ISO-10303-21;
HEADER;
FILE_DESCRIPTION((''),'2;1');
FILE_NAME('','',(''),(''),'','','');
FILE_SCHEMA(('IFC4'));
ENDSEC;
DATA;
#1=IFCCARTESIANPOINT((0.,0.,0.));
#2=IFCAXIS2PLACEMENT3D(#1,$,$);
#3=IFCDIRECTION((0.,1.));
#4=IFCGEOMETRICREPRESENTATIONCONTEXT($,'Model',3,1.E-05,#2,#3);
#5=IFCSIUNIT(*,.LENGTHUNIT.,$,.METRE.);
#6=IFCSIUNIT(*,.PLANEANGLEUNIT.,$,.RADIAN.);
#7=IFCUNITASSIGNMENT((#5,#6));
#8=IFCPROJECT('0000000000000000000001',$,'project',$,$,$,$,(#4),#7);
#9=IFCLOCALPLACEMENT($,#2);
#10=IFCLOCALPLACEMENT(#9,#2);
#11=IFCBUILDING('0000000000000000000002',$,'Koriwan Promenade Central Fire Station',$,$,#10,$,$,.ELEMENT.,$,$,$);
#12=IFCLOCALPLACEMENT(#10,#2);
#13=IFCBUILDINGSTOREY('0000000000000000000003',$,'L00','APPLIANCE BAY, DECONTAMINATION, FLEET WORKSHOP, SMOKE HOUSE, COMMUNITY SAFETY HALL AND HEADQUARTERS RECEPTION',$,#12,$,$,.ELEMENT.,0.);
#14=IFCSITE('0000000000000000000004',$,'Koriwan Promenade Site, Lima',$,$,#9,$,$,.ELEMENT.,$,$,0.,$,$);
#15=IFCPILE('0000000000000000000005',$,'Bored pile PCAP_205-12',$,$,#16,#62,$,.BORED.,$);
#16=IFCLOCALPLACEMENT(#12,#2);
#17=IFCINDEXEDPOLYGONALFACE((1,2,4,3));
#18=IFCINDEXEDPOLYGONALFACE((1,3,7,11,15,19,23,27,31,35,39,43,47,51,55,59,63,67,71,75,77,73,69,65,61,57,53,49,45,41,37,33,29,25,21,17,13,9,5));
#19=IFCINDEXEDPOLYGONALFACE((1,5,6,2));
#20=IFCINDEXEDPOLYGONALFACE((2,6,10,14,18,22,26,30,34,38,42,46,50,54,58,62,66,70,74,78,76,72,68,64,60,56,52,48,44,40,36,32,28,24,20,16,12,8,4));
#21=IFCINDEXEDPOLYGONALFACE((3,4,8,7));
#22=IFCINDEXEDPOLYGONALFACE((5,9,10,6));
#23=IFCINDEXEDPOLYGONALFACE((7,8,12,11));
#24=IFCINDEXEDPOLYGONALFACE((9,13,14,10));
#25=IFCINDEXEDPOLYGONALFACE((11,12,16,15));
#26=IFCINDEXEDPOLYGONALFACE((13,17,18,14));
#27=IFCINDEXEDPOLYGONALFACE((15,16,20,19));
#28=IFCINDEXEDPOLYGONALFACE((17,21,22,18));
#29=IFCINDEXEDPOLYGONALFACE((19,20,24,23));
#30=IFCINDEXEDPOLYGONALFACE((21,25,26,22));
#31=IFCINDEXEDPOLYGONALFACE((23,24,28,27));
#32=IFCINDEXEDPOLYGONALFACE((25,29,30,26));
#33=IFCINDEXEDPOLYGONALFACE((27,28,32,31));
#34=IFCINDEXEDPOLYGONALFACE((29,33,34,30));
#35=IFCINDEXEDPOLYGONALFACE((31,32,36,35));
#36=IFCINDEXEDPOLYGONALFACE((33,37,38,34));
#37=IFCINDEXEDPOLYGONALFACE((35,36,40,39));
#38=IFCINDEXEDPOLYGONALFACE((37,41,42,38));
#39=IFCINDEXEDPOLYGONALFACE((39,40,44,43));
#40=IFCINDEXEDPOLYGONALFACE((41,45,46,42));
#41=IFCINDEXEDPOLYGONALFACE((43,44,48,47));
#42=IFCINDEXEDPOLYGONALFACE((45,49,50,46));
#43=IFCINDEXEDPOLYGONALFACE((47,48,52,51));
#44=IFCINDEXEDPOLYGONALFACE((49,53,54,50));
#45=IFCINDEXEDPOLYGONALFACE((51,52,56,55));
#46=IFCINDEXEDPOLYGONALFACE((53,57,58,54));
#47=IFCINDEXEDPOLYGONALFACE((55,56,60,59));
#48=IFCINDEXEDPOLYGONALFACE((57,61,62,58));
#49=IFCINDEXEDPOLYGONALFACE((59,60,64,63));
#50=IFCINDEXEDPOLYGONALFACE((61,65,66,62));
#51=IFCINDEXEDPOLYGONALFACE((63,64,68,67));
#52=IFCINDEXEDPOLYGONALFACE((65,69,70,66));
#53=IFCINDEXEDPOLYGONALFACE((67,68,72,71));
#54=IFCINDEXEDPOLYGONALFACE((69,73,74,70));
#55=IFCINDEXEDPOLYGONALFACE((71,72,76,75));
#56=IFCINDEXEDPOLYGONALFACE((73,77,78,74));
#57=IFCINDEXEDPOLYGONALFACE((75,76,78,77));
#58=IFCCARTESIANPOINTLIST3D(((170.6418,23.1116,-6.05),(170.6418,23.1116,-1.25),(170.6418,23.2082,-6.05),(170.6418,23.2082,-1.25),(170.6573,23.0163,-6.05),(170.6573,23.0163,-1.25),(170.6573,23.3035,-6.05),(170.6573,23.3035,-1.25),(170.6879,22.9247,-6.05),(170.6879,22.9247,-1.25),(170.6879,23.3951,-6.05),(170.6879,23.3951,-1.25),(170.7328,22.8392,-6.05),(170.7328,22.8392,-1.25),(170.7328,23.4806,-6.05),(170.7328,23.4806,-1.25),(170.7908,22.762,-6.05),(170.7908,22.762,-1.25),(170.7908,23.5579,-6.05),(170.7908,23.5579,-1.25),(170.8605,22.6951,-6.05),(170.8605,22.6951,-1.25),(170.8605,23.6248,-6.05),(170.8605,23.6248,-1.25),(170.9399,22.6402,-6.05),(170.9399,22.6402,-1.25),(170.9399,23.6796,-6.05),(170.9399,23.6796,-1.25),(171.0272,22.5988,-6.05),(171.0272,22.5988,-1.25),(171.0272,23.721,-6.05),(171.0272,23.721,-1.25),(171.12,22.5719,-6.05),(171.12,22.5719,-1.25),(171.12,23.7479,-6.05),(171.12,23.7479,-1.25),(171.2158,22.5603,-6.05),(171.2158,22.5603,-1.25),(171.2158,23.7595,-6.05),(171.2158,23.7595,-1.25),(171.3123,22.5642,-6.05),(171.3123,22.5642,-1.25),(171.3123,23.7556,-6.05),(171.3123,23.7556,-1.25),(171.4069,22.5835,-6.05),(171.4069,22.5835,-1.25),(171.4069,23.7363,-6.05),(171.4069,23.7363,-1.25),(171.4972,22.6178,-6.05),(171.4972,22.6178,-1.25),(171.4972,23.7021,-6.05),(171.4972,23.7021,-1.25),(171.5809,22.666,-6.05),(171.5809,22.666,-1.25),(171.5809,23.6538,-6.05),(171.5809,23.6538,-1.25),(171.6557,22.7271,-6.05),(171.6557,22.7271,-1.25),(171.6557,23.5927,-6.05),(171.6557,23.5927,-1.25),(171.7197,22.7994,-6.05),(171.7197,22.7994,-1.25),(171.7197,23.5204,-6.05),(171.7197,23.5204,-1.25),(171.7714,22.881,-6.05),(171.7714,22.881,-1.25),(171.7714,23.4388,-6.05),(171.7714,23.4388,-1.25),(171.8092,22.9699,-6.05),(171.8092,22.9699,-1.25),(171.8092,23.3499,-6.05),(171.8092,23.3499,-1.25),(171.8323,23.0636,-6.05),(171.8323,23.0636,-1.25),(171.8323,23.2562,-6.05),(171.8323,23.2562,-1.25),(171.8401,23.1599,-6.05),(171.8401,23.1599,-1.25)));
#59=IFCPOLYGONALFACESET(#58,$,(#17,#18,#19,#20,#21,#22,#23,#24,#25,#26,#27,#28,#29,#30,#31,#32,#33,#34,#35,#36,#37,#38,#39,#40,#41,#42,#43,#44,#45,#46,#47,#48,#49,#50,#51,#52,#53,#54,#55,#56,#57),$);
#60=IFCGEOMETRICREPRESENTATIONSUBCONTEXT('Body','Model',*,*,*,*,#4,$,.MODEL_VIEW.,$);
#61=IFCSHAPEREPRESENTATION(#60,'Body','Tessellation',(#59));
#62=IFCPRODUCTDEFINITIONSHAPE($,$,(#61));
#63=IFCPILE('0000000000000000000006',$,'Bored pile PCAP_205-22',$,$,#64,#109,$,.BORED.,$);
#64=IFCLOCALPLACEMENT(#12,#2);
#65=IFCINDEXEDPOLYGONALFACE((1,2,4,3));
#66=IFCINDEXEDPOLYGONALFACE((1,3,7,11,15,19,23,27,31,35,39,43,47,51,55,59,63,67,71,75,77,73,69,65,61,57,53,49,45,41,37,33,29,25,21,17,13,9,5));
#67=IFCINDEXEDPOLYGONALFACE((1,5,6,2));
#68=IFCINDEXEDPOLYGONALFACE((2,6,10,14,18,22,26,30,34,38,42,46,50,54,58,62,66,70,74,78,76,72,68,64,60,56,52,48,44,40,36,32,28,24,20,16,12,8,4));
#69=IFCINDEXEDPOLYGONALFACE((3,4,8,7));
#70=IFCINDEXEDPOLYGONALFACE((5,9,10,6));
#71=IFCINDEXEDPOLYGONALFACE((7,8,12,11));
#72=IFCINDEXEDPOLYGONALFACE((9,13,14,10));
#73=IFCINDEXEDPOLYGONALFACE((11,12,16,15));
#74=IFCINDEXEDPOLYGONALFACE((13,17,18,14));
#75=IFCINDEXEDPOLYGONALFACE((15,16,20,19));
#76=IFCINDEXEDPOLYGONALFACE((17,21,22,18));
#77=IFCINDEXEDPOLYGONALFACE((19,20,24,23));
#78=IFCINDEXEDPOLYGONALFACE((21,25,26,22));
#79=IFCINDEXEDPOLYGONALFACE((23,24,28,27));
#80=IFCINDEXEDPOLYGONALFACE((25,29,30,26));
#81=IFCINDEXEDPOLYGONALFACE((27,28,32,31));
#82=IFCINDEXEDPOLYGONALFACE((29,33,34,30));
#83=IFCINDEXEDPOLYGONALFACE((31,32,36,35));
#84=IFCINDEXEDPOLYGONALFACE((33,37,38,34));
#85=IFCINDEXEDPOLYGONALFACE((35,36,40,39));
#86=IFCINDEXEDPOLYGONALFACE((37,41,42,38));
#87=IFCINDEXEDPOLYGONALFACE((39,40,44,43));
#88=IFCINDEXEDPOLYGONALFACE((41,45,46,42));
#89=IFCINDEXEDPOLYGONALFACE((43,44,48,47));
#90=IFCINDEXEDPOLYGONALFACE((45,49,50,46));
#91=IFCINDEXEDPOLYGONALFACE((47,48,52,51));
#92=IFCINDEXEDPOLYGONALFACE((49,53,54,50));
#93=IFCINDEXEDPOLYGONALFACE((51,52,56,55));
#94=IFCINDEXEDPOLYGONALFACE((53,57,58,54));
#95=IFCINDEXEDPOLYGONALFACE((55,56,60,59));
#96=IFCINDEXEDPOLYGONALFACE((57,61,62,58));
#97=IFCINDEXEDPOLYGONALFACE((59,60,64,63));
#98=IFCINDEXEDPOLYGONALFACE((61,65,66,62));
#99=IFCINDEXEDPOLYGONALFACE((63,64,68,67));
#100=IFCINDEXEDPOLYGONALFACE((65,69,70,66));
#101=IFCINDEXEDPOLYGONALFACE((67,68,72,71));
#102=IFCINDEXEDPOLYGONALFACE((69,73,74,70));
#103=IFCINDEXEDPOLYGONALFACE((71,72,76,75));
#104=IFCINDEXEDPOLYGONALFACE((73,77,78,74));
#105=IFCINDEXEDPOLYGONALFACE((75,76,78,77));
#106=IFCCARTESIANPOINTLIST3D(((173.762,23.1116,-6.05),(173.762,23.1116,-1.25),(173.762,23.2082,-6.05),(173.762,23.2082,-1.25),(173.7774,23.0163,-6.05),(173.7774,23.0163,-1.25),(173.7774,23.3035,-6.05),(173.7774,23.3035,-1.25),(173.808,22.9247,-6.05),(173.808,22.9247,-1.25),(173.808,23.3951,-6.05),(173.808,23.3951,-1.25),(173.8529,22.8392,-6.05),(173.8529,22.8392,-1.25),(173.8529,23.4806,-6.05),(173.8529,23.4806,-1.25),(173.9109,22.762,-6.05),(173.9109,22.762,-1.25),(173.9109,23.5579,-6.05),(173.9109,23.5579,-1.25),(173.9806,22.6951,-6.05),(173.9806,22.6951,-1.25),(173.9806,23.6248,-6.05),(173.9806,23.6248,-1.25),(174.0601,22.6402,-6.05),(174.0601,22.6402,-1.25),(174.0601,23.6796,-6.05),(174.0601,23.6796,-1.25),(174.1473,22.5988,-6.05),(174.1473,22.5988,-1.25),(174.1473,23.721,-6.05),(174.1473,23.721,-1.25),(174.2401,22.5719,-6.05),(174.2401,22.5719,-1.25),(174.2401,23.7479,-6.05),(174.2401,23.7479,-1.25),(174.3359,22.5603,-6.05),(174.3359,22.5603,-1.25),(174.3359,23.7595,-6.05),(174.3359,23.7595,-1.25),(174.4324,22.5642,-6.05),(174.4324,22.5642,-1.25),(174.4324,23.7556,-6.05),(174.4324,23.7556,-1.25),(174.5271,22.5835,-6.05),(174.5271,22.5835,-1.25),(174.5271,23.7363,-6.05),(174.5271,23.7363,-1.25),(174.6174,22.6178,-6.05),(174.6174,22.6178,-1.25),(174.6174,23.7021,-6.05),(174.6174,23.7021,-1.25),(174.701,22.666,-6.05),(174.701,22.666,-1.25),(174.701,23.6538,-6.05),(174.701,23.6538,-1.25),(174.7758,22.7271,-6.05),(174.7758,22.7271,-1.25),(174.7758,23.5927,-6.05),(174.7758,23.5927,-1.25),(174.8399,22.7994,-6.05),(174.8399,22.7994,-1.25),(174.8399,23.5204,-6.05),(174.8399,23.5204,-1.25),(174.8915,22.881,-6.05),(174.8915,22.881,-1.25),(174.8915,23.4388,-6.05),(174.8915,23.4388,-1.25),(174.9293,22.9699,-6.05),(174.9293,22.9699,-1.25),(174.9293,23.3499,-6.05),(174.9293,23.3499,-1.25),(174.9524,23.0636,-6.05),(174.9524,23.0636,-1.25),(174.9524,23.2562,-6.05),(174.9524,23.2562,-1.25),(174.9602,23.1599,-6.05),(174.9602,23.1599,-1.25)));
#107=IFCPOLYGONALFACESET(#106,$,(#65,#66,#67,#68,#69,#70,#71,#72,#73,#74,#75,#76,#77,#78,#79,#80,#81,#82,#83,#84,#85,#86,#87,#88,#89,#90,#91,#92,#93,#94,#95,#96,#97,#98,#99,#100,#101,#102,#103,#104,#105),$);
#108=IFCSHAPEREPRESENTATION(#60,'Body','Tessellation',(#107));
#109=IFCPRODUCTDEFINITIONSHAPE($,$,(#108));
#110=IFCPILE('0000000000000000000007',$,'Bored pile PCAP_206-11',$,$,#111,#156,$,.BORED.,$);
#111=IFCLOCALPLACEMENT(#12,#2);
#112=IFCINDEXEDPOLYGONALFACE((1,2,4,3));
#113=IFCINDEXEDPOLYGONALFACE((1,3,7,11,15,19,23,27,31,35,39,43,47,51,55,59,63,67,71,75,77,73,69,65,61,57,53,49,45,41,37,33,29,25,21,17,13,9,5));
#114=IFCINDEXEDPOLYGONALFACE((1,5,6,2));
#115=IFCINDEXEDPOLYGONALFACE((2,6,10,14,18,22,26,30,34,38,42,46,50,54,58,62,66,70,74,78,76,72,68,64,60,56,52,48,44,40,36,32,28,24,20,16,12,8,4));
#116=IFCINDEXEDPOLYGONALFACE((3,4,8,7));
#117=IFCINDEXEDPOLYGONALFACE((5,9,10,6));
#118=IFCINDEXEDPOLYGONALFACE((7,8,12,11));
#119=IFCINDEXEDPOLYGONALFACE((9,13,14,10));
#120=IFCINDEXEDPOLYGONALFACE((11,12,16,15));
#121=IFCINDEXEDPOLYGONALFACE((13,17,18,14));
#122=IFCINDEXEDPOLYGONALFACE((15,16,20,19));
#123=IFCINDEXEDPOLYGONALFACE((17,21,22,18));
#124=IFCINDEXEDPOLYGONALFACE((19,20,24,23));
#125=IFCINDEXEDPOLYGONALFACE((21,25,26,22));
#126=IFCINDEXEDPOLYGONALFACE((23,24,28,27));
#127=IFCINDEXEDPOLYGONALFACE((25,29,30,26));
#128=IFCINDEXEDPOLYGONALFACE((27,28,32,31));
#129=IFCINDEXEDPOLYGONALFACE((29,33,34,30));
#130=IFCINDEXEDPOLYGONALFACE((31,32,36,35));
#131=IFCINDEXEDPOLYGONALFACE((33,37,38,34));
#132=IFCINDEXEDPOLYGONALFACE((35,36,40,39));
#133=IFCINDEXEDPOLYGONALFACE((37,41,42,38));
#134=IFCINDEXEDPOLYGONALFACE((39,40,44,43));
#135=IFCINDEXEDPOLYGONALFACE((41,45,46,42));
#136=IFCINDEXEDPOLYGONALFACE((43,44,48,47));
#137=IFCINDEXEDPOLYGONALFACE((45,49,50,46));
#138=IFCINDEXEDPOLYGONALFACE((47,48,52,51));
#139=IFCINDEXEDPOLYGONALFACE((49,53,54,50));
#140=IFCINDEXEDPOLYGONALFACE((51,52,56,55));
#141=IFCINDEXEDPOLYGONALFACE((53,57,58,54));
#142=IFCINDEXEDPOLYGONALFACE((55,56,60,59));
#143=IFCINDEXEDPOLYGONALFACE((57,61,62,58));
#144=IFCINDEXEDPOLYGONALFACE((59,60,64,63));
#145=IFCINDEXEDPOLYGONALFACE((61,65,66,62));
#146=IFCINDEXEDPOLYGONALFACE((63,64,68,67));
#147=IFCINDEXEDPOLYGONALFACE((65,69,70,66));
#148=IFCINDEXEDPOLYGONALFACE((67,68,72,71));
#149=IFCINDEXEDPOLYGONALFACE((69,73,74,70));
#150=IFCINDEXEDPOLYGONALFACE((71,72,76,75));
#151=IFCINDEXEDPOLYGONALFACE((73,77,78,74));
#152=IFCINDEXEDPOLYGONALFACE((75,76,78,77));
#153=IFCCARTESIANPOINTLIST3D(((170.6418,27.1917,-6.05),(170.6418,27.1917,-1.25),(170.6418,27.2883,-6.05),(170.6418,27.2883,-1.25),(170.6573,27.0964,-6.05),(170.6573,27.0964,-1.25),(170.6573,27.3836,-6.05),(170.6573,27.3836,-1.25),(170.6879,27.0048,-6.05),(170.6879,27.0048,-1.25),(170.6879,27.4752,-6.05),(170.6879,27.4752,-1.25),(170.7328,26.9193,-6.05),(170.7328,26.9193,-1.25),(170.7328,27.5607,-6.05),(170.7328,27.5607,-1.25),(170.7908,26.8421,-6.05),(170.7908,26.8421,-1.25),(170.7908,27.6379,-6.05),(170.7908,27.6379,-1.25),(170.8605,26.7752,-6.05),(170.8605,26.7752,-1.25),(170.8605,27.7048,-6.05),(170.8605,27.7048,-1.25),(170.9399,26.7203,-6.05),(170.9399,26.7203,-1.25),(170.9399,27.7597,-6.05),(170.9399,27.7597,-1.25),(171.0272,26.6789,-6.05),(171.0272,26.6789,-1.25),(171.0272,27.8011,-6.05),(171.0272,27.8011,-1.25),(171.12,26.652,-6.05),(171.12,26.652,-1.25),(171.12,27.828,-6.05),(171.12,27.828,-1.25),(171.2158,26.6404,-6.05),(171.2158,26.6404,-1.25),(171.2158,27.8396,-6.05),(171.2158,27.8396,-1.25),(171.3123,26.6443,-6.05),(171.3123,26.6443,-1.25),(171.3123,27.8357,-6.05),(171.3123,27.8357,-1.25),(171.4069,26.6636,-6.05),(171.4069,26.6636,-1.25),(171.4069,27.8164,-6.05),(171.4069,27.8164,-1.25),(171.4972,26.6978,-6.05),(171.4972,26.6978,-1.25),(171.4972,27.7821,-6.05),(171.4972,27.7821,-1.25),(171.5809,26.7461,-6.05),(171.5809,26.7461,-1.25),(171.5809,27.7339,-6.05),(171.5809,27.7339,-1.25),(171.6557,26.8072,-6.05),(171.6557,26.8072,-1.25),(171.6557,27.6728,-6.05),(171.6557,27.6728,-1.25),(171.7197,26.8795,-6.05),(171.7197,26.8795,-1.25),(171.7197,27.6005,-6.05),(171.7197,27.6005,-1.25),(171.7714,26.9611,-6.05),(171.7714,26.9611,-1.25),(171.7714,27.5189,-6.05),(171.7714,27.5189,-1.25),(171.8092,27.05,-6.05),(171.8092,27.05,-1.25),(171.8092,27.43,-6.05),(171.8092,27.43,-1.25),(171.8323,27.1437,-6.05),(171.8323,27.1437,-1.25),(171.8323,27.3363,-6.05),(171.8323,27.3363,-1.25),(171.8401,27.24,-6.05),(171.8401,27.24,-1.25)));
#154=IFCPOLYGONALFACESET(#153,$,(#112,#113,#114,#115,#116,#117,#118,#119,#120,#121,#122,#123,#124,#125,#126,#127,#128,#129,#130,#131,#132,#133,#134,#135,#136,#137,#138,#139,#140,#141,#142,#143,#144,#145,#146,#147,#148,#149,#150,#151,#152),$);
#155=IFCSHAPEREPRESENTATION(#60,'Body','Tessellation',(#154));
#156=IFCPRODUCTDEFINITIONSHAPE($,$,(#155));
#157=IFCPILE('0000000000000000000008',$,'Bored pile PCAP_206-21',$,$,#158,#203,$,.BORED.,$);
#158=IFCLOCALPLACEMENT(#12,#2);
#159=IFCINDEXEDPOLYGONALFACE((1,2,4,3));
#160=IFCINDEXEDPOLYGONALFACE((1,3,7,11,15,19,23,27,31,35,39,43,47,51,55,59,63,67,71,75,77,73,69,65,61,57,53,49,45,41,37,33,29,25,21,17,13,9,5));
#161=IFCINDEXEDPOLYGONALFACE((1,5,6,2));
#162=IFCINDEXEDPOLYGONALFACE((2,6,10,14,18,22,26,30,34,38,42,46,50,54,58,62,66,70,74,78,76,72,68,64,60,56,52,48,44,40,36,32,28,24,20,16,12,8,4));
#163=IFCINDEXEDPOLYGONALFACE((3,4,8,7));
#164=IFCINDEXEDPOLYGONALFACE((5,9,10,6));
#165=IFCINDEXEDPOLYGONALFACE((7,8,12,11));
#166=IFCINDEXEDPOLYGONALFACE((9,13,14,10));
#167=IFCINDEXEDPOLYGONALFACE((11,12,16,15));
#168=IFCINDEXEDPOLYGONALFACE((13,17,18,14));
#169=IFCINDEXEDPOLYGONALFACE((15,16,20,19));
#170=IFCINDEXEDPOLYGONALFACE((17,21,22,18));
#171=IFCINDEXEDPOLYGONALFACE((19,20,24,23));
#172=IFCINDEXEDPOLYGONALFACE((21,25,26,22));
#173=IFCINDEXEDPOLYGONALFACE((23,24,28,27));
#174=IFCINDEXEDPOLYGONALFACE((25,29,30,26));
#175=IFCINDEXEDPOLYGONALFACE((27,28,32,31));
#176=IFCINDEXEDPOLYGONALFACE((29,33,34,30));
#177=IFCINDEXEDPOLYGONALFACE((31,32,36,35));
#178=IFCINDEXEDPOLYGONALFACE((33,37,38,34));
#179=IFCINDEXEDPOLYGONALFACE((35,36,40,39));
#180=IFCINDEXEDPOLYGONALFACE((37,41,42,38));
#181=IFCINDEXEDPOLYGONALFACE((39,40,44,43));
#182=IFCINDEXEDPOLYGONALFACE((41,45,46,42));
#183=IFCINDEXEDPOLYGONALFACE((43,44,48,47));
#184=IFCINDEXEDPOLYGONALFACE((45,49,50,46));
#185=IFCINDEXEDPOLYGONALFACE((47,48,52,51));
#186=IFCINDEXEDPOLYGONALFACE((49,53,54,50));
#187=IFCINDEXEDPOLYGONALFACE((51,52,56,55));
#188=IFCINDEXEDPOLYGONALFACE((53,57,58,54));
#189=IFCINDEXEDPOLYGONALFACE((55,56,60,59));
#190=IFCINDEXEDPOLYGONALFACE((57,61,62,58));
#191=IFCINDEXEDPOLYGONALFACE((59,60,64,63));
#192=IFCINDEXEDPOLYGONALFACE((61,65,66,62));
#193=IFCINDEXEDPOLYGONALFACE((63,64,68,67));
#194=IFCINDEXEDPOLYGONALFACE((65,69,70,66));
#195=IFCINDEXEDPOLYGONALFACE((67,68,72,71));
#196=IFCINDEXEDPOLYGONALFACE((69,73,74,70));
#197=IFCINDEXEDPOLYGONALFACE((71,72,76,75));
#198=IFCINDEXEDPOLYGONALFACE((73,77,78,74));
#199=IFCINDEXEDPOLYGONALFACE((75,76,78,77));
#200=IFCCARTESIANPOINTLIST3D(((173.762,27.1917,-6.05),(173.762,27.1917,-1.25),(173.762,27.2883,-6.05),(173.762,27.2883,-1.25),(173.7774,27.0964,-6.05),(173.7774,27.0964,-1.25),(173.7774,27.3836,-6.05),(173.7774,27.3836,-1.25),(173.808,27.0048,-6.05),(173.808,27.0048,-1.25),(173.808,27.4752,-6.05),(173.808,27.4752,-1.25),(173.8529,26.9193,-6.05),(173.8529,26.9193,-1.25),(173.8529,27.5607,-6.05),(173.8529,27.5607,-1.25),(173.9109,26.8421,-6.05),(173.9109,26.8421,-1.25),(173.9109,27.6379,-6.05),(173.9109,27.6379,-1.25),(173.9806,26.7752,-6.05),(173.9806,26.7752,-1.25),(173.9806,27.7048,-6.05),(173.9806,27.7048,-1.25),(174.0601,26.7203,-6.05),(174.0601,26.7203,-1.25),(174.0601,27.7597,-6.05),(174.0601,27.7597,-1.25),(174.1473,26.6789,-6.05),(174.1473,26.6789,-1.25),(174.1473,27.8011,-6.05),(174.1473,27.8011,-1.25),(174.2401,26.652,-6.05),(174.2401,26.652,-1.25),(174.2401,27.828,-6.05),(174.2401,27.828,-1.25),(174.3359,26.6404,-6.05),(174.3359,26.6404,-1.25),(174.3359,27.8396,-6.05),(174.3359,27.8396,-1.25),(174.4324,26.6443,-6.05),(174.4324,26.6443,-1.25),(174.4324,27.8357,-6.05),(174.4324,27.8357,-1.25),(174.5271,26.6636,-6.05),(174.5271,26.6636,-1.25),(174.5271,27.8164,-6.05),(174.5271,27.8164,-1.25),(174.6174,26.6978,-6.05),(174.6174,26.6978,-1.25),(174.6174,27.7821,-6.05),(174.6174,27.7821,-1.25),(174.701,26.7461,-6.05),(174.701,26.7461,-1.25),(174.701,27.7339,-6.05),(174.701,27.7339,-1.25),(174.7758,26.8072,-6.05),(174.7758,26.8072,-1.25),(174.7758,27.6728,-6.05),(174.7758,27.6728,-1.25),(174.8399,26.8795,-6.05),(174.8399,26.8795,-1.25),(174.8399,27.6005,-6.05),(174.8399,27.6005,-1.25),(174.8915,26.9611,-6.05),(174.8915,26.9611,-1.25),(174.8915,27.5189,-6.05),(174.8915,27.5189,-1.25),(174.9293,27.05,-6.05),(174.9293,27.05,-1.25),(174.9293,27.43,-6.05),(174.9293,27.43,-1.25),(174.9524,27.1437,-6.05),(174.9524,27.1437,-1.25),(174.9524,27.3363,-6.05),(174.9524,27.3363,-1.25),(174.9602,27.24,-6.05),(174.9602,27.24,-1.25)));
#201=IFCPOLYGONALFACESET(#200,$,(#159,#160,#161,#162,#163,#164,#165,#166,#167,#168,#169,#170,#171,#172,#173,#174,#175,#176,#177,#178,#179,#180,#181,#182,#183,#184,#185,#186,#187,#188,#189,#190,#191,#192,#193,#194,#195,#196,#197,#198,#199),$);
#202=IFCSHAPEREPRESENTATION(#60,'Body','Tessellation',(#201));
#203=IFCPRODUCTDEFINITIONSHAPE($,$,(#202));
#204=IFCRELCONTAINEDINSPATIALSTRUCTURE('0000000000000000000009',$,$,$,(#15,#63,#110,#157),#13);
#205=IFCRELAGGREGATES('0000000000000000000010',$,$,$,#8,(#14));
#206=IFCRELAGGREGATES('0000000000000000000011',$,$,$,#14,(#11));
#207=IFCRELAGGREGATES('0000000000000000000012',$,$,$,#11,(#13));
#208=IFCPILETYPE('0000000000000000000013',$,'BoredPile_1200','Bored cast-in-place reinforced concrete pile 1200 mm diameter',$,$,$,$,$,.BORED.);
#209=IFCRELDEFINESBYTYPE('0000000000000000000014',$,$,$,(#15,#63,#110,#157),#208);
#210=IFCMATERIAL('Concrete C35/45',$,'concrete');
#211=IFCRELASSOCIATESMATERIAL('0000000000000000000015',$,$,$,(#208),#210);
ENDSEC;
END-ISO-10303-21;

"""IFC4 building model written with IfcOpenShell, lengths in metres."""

from ifc_helpers import new_model, si_unit, direction, frame, origin, origin_2d, place, context, subcontext, project, spatial, circle, extrude, material, material_profile, profile_set, type_object, element, save


model = new_model("IFC4")

# Units and contexts
model_context = context("Model", 3, precision=1e-05, world=origin(), true_north=direction((0.0, 1.0)))
body_context = subcontext(model_context, "Body", "Model", "MODEL_VIEW")
ifc_project = project(units=[si_unit("LENGTHUNIT", "METRE"), si_unit("PLANEANGLEUNIT", "RADIAN")], contexts=[model_context])

# Site, building, storey
site_placement = place(None, origin())
site = spatial("IfcSite", under=ifc_project, at=site_placement, Name="Koriwan Promenade Site, Lima", CompositionType="ELEMENT", RefElevation=0.0)
building_placement = place(site_placement, origin())
building = spatial("IfcBuilding", under=site, at=building_placement, Name="Koriwan Promenade Central Fire Station", CompositionType="ELEMENT")
storey_placement = place(building_placement, origin())
storey = spatial("IfcBuildingStorey", under=building, at=storey_placement, Name="L00", Description="APPLIANCE BAY, DECONTAMINATION, FLEET WORKSHOP, SMOKE HOUSE, COMMUNITY SAFETY HALL AND HEADQUARTERS RECEPTION", CompositionType="ELEMENT", Elevation=0.0)

# Piles
ifc_material_1 = material(Name="Concrete C35/45", Category="concrete")
ifc_material_profile_1 = material_profile(ifc_material_1, circle(Radius=0.6001, at=origin_2d()), Name="PILE-D1200")
ifc_profile_set_1 = profile_set([ifc_material_profile_1], Name="Concrete C35/45")
pile_type = type_object("IfcPileType", Name="BoredPile_1200", Description="Bored cast-in-place reinforced concrete pile 1200 mm diameter", PredefinedType="BORED", material=ifc_profile_set_1)
for number, where, z_axis, x_axis, name in (
    (1, (171.24, 23.1599, -1.25), (0.0, 0.0, -1.0), (1.0, 0.0, 0.0), "Bored pile PCAP_205-12"),
    (2, (174.3601, 23.1599, -1.25), (0.0, 0.0, -1.0), (1.0, 0.0, 0.0), "Bored pile PCAP_205-22"),
    (3, (171.24, 27.24, -1.25), (0.0, 0.0, -1.0), (1.0, 0.0, 0.0), "Bored pile PCAP_206-11"),
    (4, (174.3601, 27.24, -1.25), (0.0, 0.0, -1.0), (1.0, 0.0, 0.0), "Bored pile PCAP_206-21"),
):
    element("IfcPile", number, at=place(storey_placement, frame(where, z_axis=z_axis, x_axis=x_axis)), inside=storey, type_object=pile_type, Name=name, PredefinedType="BORED", context=body_context, shape_type="SweptSolid", body=[
        extrude(circle(Radius=0.6001, at=origin_2d()), origin(), (0.0, 0.0, 1.0), 4.8),
    ])

save(model, "model.ifc")
